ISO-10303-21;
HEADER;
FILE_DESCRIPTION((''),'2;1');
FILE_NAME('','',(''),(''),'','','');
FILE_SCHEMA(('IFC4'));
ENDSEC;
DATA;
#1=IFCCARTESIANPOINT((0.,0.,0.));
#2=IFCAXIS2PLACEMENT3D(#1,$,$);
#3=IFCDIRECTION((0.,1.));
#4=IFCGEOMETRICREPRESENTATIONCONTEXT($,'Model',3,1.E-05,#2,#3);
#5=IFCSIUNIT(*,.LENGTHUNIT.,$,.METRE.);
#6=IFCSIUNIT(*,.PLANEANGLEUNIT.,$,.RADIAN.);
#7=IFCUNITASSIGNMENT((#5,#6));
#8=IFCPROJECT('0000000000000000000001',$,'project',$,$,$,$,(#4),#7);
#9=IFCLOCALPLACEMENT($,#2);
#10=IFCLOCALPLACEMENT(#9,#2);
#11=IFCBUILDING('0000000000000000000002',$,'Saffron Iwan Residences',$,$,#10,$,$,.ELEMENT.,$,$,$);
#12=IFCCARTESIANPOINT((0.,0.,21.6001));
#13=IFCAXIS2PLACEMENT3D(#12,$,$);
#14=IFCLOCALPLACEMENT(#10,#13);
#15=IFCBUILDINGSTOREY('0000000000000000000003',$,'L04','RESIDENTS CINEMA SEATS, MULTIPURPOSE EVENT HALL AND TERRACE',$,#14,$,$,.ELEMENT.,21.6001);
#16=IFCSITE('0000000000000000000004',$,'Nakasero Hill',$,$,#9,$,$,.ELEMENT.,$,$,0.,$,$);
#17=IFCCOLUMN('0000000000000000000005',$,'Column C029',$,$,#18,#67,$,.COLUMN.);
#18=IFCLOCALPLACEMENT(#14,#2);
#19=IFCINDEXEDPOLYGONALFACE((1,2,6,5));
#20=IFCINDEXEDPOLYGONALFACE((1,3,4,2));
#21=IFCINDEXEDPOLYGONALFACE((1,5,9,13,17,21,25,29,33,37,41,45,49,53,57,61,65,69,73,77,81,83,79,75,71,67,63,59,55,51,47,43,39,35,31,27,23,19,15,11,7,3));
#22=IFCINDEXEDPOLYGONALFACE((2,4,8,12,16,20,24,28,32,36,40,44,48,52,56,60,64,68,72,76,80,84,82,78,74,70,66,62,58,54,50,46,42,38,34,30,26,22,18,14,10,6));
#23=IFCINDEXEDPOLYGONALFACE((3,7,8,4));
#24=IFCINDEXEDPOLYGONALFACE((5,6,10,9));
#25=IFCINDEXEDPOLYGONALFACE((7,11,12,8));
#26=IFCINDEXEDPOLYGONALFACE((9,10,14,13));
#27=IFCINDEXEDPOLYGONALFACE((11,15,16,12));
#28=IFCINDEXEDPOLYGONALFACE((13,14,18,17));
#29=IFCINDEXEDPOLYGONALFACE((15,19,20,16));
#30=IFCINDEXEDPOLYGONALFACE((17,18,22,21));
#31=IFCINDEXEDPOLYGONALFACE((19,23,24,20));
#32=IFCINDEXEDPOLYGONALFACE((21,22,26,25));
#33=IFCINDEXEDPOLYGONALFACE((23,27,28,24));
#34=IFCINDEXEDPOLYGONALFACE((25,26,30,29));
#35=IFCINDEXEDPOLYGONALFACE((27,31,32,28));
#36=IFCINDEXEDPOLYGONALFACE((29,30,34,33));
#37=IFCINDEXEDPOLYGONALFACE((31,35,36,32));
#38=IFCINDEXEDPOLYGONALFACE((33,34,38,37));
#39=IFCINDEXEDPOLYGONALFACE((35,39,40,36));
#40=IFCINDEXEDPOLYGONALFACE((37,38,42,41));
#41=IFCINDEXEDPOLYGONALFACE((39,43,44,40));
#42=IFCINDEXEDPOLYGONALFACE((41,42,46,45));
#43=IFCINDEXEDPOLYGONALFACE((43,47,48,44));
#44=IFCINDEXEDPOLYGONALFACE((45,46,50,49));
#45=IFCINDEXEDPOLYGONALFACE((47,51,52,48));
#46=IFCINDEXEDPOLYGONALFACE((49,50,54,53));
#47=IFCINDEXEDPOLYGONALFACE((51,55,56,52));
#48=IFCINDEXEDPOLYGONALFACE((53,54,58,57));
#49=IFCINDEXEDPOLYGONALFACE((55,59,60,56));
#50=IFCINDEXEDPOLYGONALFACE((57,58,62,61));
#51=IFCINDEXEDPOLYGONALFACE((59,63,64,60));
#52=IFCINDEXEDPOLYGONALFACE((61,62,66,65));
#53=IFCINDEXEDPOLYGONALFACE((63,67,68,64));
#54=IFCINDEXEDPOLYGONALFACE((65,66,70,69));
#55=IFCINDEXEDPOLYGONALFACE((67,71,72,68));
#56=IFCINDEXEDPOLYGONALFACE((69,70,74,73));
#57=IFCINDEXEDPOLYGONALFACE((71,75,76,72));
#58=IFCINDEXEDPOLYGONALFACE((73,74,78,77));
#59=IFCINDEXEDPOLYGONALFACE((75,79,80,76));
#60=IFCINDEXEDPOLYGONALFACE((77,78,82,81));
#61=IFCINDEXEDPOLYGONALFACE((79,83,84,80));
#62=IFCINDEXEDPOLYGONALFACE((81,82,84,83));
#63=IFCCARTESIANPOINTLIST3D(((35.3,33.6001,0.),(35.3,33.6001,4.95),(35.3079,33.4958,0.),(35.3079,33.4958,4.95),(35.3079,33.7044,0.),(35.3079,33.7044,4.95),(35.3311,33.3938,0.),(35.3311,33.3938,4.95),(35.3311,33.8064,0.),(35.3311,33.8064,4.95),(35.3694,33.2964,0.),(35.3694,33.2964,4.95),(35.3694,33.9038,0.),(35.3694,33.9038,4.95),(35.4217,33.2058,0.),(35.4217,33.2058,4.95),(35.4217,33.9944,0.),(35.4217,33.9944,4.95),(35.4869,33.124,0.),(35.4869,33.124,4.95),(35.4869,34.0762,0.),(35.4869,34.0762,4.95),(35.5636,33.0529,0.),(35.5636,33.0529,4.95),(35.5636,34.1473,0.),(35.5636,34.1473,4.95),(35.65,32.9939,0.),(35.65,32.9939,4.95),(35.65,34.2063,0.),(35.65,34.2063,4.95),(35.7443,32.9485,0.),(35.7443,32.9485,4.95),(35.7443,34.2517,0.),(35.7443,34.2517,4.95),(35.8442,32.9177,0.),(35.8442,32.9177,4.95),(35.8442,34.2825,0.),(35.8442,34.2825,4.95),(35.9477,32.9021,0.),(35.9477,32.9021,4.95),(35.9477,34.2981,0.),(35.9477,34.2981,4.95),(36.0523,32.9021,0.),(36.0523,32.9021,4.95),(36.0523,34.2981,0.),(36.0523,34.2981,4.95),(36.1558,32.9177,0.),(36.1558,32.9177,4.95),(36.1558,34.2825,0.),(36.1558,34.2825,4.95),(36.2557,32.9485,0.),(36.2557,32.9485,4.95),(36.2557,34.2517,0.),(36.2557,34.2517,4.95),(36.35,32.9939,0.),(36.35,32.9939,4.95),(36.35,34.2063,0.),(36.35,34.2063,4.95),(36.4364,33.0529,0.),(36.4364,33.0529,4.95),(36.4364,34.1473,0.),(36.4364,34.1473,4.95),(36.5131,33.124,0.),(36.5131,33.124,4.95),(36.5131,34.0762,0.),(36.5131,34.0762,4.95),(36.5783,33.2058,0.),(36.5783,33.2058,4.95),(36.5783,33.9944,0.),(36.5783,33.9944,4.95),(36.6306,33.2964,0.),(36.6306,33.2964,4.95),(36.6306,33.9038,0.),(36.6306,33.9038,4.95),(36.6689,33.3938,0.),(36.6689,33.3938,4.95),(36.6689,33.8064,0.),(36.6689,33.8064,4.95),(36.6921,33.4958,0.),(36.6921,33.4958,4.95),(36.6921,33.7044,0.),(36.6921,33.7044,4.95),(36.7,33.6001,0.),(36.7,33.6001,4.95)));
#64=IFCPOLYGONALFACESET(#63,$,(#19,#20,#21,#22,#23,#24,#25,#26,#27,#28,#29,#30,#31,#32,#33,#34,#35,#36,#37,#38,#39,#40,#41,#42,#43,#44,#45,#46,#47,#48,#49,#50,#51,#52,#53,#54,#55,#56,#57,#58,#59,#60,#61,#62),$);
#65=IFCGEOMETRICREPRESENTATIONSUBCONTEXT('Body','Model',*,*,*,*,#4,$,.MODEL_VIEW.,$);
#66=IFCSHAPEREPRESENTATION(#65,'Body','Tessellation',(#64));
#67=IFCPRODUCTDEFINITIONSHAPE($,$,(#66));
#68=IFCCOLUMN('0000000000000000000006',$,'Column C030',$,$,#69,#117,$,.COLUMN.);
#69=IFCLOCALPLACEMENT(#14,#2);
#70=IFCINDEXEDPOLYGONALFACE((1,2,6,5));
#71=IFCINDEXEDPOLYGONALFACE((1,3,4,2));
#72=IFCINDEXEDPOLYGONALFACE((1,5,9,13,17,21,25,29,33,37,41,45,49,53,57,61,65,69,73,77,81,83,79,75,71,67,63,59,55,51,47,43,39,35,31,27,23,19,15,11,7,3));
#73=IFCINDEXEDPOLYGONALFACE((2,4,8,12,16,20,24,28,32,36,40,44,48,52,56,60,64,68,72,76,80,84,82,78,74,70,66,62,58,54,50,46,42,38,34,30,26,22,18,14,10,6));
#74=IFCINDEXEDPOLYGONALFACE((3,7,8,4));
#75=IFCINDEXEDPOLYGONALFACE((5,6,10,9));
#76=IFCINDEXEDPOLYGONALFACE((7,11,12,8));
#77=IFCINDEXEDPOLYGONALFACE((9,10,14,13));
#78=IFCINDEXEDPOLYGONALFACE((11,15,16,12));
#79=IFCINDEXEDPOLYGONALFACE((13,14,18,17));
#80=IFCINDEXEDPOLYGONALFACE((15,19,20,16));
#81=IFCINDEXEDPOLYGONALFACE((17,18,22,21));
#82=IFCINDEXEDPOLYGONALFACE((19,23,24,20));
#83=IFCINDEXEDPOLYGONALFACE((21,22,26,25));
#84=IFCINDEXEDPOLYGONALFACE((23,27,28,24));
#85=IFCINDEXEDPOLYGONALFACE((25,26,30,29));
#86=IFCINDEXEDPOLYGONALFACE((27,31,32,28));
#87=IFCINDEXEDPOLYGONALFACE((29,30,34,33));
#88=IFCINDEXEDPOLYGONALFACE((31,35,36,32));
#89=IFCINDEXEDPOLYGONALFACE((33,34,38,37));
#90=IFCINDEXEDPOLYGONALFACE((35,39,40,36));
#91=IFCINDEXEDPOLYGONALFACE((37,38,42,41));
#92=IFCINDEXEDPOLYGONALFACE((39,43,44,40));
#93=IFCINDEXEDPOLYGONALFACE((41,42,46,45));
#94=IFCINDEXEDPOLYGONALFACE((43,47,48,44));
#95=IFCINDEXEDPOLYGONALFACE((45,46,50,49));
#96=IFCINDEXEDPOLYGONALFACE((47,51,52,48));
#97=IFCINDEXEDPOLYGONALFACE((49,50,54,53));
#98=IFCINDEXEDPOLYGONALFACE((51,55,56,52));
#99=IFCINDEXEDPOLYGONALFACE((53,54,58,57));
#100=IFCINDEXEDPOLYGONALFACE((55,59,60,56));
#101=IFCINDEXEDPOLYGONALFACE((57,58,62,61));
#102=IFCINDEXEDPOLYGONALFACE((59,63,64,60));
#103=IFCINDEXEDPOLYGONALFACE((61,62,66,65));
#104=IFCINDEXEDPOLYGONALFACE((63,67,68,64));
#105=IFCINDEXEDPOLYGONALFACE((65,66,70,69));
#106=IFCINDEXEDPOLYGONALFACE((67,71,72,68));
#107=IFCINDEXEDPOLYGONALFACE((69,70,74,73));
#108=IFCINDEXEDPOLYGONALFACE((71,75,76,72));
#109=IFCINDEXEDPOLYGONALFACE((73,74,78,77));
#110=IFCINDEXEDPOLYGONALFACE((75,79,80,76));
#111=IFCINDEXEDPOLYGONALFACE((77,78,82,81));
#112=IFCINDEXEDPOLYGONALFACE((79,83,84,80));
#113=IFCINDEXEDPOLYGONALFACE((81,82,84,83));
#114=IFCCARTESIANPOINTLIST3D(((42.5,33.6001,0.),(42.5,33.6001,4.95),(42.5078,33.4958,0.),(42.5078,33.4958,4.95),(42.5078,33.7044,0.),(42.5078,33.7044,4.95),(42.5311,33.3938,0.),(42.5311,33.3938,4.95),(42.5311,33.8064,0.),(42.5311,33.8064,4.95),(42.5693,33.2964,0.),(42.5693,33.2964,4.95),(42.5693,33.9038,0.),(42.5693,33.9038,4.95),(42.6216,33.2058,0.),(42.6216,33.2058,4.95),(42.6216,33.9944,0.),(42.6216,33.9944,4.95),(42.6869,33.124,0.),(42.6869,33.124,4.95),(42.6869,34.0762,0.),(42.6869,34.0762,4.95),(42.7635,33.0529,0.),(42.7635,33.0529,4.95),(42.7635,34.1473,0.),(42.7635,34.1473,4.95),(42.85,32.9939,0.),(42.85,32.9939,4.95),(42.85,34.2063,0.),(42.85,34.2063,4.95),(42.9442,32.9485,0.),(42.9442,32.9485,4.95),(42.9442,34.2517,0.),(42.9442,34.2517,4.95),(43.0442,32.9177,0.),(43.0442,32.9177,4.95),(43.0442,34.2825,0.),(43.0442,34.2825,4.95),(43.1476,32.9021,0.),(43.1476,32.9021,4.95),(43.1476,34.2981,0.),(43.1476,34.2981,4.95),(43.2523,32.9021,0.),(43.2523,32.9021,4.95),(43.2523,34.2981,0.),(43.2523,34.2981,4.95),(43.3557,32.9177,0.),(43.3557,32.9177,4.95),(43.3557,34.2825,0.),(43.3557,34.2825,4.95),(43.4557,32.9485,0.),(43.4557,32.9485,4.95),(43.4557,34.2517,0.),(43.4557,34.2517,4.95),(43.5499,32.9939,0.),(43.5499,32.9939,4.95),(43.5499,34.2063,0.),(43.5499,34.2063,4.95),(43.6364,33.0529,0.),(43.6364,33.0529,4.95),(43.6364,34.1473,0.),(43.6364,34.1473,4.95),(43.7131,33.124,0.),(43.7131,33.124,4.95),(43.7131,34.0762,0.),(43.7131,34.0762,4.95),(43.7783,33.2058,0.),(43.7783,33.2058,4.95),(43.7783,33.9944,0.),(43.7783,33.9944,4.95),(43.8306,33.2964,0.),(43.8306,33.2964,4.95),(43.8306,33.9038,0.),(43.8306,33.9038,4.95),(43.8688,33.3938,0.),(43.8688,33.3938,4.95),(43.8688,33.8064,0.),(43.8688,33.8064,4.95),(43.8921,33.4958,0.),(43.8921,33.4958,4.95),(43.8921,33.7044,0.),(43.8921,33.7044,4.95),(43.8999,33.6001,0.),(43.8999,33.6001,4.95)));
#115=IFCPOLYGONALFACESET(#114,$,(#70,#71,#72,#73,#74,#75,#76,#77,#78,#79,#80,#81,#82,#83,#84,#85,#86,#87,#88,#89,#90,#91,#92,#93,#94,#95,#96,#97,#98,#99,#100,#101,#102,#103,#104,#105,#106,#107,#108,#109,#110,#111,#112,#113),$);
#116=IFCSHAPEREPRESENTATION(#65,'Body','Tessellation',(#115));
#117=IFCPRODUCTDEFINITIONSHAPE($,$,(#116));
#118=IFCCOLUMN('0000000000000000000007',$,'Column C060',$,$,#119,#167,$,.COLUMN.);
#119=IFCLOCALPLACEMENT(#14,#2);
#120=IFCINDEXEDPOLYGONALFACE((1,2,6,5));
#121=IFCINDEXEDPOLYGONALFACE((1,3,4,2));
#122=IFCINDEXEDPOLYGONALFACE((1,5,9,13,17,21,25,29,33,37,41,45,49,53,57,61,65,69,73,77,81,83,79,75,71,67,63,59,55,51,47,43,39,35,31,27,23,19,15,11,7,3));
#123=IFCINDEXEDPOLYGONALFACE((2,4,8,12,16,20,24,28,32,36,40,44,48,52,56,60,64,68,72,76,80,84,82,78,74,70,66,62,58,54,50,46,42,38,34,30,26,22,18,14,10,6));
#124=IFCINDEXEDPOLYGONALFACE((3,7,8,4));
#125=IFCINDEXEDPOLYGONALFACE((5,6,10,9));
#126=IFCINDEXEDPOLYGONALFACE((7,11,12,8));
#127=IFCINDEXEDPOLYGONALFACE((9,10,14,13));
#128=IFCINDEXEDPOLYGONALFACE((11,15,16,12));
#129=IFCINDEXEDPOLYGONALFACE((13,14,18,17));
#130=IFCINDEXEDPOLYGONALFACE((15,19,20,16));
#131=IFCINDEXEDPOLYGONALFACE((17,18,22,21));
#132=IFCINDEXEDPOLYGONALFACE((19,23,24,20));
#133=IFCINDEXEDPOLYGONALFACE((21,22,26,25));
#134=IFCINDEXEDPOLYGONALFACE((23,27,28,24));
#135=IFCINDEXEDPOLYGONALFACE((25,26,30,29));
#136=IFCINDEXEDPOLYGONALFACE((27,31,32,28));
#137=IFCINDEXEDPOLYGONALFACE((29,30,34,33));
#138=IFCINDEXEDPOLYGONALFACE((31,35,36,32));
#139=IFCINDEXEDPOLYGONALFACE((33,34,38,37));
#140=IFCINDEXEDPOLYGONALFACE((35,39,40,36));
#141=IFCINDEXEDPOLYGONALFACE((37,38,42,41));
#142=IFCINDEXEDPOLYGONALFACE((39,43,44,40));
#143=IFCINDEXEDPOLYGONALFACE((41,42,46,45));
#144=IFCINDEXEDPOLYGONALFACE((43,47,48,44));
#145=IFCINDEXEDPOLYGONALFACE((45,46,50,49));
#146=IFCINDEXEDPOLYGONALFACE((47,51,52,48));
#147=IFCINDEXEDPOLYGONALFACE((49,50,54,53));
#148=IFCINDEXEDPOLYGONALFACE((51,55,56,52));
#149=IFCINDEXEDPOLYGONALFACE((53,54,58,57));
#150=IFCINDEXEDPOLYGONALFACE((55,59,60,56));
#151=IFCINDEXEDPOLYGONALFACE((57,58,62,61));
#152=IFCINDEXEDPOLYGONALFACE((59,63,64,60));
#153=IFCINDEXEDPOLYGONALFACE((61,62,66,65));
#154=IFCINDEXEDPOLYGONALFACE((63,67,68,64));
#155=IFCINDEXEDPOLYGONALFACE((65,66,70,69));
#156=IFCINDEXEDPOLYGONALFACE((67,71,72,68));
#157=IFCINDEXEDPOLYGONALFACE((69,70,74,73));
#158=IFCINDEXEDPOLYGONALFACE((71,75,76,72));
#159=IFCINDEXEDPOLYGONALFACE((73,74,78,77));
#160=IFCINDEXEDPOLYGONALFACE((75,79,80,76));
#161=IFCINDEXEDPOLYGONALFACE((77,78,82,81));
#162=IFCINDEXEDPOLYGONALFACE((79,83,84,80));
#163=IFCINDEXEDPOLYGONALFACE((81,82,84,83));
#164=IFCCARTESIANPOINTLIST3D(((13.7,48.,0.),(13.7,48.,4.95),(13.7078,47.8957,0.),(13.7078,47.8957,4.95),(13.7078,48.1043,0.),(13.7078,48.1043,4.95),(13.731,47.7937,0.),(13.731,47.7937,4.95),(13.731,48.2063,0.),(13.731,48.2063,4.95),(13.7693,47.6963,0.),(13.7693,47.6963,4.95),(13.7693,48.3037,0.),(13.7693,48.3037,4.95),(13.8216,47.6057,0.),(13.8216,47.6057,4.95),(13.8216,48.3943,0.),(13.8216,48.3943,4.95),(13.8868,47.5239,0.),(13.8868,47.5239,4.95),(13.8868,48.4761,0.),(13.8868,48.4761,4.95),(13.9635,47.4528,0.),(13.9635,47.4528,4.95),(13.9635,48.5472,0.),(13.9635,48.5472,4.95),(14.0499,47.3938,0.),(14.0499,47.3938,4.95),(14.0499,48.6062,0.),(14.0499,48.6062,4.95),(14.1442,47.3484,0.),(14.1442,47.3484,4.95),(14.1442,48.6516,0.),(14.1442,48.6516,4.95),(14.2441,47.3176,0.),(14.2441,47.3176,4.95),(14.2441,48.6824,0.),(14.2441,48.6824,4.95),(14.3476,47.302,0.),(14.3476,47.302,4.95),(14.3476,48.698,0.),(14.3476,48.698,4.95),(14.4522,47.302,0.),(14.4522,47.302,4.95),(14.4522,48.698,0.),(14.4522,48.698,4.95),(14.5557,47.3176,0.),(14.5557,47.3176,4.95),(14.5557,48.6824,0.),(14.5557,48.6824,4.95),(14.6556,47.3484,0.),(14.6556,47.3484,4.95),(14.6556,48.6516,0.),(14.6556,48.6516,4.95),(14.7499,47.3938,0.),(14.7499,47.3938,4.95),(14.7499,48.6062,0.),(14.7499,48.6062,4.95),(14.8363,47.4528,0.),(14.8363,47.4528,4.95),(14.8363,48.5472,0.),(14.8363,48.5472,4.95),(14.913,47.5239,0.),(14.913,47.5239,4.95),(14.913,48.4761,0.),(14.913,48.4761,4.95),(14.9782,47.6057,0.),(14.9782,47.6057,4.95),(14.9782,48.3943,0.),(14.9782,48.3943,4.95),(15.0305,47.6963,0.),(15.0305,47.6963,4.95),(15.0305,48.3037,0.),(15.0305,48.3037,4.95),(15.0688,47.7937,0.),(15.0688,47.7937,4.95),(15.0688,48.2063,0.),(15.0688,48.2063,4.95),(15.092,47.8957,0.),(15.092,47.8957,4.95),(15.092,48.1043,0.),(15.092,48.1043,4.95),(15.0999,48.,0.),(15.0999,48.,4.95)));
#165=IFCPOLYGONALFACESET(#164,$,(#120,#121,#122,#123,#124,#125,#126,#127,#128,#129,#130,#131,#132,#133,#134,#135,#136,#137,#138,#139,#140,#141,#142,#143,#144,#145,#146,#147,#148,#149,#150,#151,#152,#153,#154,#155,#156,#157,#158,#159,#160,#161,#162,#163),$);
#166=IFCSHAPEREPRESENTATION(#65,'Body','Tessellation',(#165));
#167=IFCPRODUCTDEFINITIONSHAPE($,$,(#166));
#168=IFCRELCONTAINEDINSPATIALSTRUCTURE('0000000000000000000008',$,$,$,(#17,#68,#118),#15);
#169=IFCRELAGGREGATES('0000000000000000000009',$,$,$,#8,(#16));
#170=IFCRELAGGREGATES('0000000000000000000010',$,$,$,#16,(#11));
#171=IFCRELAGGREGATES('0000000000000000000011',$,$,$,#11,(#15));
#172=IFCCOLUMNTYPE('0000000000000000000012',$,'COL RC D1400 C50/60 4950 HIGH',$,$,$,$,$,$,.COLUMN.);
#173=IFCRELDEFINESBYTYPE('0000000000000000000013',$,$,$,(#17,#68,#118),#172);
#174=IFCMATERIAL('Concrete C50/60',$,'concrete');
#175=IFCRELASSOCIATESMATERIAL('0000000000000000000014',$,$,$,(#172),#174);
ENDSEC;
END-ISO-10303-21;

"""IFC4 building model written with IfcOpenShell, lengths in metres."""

from ifc_helpers import new_model, si_unit, direction, frame, origin, origin_2d, place, context, subcontext, project, spatial, circle, extrude, source, transform, mapped, material, material_profile, profile_set, type_object, element, save


model = new_model("IFC4")

# Units and contexts
model_context = context("Model", 3, precision=1e-05, world=origin(), true_north=direction((0.0, 1.0)))
body_context = subcontext(model_context, "Body", "Model", "MODEL_VIEW")
ifc_project = project(units=[si_unit("LENGTHUNIT", "METRE"), si_unit("PLANEANGLEUNIT", "RADIAN")], contexts=[model_context])

# Site, building, storey
site_placement = place(None, origin())
site = spatial("IfcSite", under=ifc_project, at=site_placement, Name="Nakasero Hill", CompositionType="ELEMENT", RefElevation=0.0)
building_placement = place(site_placement, origin())
building = spatial("IfcBuilding", under=site, at=building_placement, Name="Saffron Iwan Residences", CompositionType="ELEMENT")
storey_placement = place(building_placement, frame((0.0, 0.0, 21.6001)))
storey = spatial("IfcBuildingStorey", under=building, at=storey_placement, Name="L04", Description="RESIDENTS CINEMA SEATS, MULTIPURPOSE EVENT HALL AND TERRACE", CompositionType="ELEMENT", Elevation=21.6001)

# Columns
ifc_material_1 = material(Name="Concrete C50/60", Category="concrete")
ifc_material_profile_1 = material_profile(ifc_material_1, circle(Radius=0.7, at=origin_2d()), Name="RC D1400")
ifc_profile_set_1 = profile_set([ifc_material_profile_1], Name="Concrete C50/60")
column_type = type_object("IfcColumnType", Name="COL RC D1400 C50/60 4950 HIGH", PredefinedType="COLUMN", material=ifc_profile_set_1)
shared_shape_1 = source(origin(), body_context, "Body", "SweptSolid", [
    extrude(circle(Radius=0.7, at=origin_2d()), origin(), (0.0, 0.0, 1.0), 4.95),
])
for number, where, z_axis, x_axis, name in (
    (1, (36.0, 33.6001, 0.0), (0.0, 0.0, 1.0), (1.0, 0.0, 0.0), "Column C029"),
    (2, (43.2, 33.6001, 0.0), (0.0, 0.0, 1.0), (1.0, 0.0, 0.0), "Column C030"),
    (3, (14.3999, 48.0, 0.0), (0.0, 0.0, 1.0), (1.0, 0.0, 0.0), "Column C060"),
):
    element("IfcColumn", number, at=place(storey_placement, frame(where, z_axis=z_axis, x_axis=x_axis)), inside=storey, type_object=column_type, Name=name, PredefinedType="COLUMN", context=body_context, shape_type="MappedRepresentation", body=[
        mapped(shared_shape_1, transform((0.0, 0.0, 0.0))),
    ])

save(model, "model.ifc")
